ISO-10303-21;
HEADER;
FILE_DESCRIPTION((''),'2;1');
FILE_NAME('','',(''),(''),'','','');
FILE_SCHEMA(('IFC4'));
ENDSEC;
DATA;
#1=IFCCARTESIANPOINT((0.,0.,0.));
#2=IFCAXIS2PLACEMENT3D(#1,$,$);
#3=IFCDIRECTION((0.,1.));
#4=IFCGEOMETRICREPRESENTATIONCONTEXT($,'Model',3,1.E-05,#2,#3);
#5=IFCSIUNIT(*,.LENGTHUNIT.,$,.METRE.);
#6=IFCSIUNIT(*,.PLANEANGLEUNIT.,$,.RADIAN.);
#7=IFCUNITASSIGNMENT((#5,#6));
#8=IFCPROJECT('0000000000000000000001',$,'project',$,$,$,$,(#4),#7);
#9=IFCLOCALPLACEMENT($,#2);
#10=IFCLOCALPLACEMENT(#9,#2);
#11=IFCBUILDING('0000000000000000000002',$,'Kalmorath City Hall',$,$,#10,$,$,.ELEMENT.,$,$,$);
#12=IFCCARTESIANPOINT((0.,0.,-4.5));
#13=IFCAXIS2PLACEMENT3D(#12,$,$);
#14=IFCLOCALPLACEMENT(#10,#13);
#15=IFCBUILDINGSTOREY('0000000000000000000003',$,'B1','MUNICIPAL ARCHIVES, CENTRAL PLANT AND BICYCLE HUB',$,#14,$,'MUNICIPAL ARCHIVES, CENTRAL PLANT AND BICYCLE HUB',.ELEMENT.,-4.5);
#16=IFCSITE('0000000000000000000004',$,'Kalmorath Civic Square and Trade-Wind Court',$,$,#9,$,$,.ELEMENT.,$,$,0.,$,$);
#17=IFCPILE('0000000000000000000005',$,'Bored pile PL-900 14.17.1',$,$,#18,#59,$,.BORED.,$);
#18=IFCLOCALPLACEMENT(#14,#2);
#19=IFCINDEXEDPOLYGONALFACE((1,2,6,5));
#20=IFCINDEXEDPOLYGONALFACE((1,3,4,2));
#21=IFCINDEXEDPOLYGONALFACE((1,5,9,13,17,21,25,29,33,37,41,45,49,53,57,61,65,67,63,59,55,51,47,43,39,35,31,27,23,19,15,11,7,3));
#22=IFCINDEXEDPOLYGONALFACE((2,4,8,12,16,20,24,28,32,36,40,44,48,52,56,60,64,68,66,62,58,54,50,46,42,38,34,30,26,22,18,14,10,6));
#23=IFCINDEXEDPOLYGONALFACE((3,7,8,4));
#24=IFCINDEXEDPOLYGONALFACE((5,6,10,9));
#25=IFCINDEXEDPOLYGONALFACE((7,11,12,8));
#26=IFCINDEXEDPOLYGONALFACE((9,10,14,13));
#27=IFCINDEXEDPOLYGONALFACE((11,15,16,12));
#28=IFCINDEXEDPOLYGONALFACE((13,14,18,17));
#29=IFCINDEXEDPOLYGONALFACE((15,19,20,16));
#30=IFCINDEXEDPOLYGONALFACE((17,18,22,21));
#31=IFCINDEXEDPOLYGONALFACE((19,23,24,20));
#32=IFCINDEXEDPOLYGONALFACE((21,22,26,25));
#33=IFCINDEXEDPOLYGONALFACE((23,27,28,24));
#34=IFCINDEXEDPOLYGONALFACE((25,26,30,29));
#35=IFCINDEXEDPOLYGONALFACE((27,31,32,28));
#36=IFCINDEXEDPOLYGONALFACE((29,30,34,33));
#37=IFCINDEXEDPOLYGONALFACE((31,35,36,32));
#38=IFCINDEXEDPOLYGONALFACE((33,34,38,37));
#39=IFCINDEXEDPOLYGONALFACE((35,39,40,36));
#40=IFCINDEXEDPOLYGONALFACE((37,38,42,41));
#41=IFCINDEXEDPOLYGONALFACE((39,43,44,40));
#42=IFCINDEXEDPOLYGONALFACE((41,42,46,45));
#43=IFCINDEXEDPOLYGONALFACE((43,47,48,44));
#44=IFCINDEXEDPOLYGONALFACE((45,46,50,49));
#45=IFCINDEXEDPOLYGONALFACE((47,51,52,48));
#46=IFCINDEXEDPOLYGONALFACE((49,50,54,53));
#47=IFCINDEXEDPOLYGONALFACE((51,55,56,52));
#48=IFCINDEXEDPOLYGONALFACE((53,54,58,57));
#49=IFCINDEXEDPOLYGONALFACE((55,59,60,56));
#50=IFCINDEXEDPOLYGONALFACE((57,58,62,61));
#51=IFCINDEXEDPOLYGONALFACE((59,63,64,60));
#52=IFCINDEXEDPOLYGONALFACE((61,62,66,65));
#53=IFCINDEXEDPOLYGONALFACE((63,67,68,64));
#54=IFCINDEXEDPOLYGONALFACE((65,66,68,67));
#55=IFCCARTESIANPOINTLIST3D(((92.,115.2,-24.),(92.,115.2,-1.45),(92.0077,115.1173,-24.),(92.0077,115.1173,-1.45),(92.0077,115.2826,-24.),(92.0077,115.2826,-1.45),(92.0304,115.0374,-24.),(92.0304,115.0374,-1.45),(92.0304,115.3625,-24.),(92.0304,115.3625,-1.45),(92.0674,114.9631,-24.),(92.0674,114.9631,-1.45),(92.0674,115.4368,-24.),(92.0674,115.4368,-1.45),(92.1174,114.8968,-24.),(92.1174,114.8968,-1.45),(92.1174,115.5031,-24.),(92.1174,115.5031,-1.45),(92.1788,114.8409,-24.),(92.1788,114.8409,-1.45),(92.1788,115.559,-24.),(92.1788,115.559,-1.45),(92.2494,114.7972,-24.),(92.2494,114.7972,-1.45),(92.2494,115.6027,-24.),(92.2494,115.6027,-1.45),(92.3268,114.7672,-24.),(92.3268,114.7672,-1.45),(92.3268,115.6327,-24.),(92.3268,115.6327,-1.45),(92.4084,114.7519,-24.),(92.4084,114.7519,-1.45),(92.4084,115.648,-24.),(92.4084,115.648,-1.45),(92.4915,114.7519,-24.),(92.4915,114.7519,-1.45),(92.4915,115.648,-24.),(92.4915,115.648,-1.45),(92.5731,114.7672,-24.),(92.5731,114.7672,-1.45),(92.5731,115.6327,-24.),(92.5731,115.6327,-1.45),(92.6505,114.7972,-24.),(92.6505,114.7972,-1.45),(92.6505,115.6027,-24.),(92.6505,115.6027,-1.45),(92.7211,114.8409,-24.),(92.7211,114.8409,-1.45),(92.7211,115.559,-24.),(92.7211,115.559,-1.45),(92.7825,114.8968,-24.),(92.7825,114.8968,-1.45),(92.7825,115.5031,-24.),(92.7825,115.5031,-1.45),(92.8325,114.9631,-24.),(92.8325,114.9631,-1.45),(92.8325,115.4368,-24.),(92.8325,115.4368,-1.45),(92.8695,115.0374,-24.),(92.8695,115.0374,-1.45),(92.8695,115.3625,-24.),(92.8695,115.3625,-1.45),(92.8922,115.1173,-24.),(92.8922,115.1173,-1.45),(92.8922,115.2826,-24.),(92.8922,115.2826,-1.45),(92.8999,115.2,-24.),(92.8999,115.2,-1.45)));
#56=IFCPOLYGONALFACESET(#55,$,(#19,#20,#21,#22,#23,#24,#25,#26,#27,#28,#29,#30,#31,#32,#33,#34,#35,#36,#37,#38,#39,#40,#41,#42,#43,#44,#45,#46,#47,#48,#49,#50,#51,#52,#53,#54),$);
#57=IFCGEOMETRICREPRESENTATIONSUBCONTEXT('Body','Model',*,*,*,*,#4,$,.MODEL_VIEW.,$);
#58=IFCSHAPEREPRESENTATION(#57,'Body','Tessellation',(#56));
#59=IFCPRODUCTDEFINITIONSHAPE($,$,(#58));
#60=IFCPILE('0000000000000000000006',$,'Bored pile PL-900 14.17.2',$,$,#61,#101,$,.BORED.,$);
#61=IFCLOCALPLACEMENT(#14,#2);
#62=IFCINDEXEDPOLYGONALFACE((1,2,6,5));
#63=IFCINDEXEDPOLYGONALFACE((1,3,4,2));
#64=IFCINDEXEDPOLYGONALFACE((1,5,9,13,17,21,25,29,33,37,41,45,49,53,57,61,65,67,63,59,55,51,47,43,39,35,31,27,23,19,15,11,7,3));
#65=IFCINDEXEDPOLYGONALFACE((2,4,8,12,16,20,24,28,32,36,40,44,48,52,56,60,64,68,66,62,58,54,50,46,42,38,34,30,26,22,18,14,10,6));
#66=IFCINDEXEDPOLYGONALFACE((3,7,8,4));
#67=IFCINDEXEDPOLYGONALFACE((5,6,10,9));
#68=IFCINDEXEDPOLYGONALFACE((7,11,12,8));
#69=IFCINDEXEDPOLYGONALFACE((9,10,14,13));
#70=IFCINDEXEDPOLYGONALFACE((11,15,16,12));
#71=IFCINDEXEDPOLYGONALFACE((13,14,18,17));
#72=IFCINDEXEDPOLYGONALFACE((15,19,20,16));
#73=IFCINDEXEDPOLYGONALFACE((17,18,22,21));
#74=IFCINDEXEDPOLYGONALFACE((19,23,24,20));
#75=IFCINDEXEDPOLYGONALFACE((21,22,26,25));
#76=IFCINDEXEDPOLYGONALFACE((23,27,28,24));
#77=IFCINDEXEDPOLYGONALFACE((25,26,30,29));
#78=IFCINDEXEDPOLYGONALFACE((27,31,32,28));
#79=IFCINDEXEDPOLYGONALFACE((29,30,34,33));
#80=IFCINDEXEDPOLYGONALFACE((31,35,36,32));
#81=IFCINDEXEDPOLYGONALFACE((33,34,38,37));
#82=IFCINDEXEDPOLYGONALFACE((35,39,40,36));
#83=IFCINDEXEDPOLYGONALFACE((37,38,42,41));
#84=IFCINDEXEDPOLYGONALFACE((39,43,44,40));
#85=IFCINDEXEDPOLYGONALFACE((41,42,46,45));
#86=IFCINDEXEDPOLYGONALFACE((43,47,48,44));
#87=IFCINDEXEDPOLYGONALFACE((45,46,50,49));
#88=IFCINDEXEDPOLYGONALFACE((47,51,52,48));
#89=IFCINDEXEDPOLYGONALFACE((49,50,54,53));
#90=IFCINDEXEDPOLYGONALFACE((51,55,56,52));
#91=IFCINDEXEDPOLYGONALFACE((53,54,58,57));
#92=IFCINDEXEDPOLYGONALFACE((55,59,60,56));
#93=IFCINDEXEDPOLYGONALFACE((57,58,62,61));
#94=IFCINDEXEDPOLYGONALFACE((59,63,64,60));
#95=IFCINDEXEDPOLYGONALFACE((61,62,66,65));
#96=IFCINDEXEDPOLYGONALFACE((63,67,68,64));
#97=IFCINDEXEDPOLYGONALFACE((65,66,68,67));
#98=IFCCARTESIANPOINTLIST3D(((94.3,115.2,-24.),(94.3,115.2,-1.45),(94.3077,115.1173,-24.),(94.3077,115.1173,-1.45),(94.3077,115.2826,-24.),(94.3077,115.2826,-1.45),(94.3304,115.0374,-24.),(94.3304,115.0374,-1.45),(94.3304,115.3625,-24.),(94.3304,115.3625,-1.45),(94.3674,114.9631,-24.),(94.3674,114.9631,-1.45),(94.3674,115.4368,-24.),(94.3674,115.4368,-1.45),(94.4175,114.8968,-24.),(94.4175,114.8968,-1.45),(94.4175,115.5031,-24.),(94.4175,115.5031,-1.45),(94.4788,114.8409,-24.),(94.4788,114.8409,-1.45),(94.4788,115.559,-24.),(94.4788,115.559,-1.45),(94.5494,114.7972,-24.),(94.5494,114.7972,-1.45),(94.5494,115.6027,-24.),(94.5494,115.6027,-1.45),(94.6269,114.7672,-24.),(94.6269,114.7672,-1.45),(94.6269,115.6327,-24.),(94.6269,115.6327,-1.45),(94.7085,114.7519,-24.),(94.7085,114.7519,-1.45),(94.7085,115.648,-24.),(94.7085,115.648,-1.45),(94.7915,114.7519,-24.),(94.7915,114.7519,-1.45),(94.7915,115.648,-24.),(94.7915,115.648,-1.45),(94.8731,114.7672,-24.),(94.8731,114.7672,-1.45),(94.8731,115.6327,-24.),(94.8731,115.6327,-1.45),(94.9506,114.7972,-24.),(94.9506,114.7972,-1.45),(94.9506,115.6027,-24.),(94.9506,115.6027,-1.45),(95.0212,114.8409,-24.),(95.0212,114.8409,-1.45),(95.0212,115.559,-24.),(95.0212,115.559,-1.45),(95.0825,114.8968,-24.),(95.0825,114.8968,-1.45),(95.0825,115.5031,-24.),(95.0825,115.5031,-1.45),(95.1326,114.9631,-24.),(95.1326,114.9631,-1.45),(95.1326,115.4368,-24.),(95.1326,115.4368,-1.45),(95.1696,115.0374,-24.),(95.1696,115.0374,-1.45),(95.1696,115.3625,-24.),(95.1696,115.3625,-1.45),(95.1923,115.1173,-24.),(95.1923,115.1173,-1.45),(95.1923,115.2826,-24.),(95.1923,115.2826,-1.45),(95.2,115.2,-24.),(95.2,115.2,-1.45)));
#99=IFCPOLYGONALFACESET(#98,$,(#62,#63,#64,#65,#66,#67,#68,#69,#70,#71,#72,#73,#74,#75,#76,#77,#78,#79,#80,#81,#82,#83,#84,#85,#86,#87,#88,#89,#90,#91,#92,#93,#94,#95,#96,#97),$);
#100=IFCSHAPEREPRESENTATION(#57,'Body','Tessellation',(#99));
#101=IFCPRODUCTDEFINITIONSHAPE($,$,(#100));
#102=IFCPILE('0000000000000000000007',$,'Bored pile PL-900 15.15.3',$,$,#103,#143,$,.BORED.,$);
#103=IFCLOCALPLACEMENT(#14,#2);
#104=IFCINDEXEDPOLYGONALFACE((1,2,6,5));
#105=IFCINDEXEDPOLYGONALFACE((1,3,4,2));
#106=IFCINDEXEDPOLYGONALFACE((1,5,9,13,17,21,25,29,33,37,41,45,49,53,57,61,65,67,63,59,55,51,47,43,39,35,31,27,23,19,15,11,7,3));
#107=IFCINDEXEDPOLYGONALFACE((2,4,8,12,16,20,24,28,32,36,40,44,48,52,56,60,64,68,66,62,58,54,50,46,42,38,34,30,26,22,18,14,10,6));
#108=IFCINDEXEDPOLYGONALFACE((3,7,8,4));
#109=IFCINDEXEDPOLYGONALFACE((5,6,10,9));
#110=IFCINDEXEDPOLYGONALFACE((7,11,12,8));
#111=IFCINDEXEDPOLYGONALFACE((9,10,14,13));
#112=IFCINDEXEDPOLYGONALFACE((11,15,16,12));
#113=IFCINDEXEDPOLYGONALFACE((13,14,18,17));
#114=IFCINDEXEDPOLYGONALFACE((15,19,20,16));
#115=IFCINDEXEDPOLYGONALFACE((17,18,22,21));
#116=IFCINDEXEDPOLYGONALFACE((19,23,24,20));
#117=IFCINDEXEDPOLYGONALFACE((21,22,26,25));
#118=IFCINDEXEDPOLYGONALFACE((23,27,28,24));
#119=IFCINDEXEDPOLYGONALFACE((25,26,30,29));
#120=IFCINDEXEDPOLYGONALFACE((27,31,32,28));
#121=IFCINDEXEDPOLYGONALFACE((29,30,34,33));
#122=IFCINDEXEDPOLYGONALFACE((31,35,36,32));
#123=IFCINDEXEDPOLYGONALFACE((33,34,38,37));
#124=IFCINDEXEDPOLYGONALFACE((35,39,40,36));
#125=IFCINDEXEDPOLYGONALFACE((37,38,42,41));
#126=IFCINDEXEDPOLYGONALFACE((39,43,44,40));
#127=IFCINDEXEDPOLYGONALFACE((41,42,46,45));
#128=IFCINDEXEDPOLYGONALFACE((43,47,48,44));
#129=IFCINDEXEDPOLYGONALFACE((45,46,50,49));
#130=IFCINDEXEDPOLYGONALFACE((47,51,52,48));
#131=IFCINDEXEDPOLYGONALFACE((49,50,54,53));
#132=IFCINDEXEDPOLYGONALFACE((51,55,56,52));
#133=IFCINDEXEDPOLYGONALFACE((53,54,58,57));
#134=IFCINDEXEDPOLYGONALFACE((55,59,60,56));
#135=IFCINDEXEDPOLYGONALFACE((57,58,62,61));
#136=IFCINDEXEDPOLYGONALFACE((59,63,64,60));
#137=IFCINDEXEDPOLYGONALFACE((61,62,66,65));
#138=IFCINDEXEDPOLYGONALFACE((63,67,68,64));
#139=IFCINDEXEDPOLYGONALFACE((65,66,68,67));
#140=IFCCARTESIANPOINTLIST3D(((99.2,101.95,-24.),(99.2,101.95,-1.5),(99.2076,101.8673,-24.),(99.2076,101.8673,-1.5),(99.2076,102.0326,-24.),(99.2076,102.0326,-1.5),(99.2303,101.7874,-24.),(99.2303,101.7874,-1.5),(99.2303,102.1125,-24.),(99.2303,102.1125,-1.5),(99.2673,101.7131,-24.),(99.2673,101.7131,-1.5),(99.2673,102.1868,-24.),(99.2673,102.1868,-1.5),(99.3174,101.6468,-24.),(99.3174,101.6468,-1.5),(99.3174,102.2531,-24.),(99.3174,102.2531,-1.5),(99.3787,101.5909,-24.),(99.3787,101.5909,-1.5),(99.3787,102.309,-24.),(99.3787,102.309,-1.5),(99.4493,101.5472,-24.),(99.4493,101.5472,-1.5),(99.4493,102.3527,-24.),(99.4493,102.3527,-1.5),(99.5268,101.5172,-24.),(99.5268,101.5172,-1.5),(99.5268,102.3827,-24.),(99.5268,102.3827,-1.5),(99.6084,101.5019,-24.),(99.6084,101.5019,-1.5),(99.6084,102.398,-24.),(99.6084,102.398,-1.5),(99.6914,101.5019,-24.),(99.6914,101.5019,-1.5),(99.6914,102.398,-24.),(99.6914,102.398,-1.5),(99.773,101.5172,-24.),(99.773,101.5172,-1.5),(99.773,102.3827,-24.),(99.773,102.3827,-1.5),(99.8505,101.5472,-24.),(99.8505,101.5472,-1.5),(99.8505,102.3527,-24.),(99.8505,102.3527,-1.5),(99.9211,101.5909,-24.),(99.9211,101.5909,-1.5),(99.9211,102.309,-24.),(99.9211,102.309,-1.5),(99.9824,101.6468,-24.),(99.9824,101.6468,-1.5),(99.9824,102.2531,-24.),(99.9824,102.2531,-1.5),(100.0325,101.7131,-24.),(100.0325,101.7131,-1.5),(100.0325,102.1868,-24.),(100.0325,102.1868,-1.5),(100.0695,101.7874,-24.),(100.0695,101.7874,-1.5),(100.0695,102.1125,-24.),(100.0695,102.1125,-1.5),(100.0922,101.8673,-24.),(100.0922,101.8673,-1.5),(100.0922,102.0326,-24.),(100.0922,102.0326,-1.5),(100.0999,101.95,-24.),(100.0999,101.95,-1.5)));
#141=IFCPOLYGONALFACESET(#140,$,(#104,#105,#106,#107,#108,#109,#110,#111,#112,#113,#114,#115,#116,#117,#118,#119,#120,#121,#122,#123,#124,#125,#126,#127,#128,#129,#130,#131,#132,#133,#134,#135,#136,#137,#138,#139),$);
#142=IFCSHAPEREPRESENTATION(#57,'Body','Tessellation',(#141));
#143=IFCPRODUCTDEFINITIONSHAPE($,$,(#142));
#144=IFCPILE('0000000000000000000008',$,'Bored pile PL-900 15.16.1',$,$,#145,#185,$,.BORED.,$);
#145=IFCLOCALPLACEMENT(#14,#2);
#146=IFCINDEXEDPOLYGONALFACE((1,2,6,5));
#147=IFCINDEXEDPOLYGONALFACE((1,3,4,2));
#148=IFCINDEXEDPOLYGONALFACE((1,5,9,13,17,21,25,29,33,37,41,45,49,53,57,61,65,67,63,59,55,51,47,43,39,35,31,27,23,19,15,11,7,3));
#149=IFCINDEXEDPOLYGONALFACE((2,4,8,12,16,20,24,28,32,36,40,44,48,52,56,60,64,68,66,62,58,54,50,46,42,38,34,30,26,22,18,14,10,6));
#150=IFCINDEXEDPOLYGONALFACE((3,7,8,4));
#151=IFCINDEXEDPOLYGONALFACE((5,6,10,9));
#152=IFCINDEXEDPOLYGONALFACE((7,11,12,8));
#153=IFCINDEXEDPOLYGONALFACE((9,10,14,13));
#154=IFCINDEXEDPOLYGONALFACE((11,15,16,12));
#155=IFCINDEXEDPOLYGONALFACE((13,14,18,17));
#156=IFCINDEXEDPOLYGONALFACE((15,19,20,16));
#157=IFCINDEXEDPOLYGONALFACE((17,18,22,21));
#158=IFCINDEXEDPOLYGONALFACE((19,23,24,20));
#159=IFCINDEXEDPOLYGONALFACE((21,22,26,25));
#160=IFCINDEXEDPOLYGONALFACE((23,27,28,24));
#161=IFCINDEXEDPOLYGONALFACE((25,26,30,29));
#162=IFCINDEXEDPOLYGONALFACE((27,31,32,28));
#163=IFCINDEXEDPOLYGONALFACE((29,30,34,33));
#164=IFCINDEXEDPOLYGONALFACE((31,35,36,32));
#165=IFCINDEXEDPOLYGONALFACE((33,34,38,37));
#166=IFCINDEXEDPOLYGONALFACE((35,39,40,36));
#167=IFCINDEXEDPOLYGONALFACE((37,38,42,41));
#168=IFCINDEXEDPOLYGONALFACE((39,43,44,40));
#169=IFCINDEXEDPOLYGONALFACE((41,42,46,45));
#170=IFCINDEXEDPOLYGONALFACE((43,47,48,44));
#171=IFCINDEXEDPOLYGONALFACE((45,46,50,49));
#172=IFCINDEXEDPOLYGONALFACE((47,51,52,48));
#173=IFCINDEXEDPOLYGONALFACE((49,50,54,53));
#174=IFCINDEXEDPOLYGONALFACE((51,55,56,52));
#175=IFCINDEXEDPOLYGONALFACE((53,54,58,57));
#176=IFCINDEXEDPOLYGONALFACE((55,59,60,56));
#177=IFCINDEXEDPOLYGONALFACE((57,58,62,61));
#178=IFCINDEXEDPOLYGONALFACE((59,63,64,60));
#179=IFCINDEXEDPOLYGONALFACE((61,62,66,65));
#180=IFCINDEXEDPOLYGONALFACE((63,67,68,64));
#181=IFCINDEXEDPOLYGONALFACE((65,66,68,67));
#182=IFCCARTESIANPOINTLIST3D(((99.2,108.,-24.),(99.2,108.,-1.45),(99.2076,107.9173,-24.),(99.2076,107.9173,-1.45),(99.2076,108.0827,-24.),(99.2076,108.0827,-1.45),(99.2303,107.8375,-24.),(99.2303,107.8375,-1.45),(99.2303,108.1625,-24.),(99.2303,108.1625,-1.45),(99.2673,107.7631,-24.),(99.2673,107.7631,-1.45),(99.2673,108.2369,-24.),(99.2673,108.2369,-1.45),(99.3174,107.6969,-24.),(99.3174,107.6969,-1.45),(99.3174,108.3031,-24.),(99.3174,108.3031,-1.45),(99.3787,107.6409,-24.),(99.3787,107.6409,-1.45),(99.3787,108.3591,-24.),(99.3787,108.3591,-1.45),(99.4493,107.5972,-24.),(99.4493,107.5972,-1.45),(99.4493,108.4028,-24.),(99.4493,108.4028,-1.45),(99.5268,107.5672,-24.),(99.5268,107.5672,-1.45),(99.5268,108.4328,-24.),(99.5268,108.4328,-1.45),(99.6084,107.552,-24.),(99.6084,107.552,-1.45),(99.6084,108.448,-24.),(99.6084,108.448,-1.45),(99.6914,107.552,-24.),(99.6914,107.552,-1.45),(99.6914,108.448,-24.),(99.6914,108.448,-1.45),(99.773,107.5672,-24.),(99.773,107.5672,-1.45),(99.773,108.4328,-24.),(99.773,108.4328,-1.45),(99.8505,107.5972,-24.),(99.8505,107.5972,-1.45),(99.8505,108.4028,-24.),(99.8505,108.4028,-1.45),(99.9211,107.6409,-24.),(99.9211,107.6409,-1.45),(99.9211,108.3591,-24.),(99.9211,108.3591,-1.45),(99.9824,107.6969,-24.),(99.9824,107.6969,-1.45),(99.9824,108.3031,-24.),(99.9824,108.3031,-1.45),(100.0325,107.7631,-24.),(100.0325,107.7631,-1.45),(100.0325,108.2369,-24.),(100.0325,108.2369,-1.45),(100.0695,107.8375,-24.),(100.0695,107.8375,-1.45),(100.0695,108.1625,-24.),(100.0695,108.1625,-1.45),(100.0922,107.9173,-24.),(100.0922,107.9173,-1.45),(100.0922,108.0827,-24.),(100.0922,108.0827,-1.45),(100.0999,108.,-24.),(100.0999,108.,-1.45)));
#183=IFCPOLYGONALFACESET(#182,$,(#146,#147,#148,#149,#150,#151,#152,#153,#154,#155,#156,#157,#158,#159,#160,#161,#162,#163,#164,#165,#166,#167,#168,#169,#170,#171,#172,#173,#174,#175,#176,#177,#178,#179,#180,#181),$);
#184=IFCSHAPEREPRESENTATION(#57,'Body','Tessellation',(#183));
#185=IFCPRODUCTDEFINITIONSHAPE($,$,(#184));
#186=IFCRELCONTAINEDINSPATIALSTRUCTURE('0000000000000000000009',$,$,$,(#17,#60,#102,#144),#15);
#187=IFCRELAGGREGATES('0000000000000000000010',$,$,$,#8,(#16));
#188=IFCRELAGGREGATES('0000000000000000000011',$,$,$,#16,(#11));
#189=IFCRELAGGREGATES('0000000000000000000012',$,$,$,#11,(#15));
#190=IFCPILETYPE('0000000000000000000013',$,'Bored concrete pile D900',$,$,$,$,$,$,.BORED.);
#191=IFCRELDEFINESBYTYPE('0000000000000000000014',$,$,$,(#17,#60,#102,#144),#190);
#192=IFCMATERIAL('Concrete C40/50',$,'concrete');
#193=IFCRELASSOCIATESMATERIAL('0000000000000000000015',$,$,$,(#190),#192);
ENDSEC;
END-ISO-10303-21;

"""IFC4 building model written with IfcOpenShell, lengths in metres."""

from ifc_helpers import new_model, si_unit, direction, frame, origin, origin_2d, place, context, subcontext, project, spatial, circle, extrude, material, material_profile, profile_set, type_object, element, save


model = new_model("IFC4")

# Units and contexts
model_context = context("Model", 3, precision=1e-05, world=origin(), true_north=direction((0.0, 1.0)))
body_context = subcontext(model_context, "Body", "Model", "MODEL_VIEW")
ifc_project = project(units=[si_unit("LENGTHUNIT", "METRE"), si_unit("PLANEANGLEUNIT", "RADIAN")], contexts=[model_context])

# Site, building, storey
site_placement = place(None, origin())
site = spatial("IfcSite", under=ifc_project, at=site_placement, Name="Kalmorath Civic Square and Trade-Wind Court", CompositionType="ELEMENT", RefElevation=0.0)
building_placement = place(site_placement, origin())
building = spatial("IfcBuilding", under=site, at=building_placement, Name="Kalmorath City Hall", CompositionType="ELEMENT")
storey_placement = place(building_placement, frame((0.0, 0.0, -4.5)))
storey = spatial("IfcBuildingStorey", under=building, at=storey_placement, Name="B1", Description="MUNICIPAL ARCHIVES, CENTRAL PLANT AND BICYCLE HUB", LongName="MUNICIPAL ARCHIVES, CENTRAL PLANT AND BICYCLE HUB", CompositionType="ELEMENT", Elevation=-4.5)

# Piles
ifc_material_1 = material(Name="Concrete C40/50", Category="concrete")
ifc_material_profile_1 = material_profile(ifc_material_1, circle(Radius=0.45, at=origin_2d()), Name="PILE-D900")
ifc_profile_set_1 = profile_set([ifc_material_profile_1], Name="Concrete C40/50")
pile_type = type_object("IfcPileType", Name="Bored concrete pile D900", PredefinedType="BORED", material=ifc_profile_set_1)
for number, where, z_axis, x_axis, name in (
    (1, (92.45, 115.2, -1.45), (0.0, 0.0, -1.0), (1.0, 0.0, 0.0), "Bored pile PL-900 14.17.1"),
    (2, (94.75, 115.2, -1.45), (0.0, 0.0, -1.0), (1.0, 0.0, 0.0), "Bored pile PL-900 14.17.2"),
):
    element("IfcPile", number, at=place(storey_placement, frame(where, z_axis=z_axis, x_axis=x_axis)), inside=storey, type_object=pile_type, Name=name, PredefinedType="BORED", context=body_context, shape_type="SweptSolid", body=[
        extrude(circle(Radius=0.45, at=origin_2d()), origin(), (0.0, 0.0, 1.0), 22.55),
    ])
pile_1_placement = place(storey_placement, frame((99.6499, 101.95, -1.5), z_axis=(0.0, 0.0, -1.0), x_axis=(1.0, 0.0, 0.0)))
element("IfcPile", 3, at=pile_1_placement, inside=storey, type_object=pile_type, Name="Bored pile PL-900 15.15.3", PredefinedType="BORED", context=body_context, shape_type="SweptSolid", body=[
    extrude(circle(Radius=0.45, at=origin_2d()), origin(), (0.0, 0.0, 1.0), 22.5),
])
pile_2_placement = place(storey_placement, frame((99.6499, 108.0, -1.45), z_axis=(0.0, 0.0, -1.0), x_axis=(1.0, 0.0, 0.0)))
element("IfcPile", 4, at=pile_2_placement, inside=storey, type_object=pile_type, Name="Bored pile PL-900 15.16.1", PredefinedType="BORED", context=body_context, shape_type="SweptSolid", body=[
    extrude(circle(Radius=0.45, at=origin_2d()), origin(), (0.0, 0.0, 1.0), 22.55),
])

save(model, "model.ifc")
